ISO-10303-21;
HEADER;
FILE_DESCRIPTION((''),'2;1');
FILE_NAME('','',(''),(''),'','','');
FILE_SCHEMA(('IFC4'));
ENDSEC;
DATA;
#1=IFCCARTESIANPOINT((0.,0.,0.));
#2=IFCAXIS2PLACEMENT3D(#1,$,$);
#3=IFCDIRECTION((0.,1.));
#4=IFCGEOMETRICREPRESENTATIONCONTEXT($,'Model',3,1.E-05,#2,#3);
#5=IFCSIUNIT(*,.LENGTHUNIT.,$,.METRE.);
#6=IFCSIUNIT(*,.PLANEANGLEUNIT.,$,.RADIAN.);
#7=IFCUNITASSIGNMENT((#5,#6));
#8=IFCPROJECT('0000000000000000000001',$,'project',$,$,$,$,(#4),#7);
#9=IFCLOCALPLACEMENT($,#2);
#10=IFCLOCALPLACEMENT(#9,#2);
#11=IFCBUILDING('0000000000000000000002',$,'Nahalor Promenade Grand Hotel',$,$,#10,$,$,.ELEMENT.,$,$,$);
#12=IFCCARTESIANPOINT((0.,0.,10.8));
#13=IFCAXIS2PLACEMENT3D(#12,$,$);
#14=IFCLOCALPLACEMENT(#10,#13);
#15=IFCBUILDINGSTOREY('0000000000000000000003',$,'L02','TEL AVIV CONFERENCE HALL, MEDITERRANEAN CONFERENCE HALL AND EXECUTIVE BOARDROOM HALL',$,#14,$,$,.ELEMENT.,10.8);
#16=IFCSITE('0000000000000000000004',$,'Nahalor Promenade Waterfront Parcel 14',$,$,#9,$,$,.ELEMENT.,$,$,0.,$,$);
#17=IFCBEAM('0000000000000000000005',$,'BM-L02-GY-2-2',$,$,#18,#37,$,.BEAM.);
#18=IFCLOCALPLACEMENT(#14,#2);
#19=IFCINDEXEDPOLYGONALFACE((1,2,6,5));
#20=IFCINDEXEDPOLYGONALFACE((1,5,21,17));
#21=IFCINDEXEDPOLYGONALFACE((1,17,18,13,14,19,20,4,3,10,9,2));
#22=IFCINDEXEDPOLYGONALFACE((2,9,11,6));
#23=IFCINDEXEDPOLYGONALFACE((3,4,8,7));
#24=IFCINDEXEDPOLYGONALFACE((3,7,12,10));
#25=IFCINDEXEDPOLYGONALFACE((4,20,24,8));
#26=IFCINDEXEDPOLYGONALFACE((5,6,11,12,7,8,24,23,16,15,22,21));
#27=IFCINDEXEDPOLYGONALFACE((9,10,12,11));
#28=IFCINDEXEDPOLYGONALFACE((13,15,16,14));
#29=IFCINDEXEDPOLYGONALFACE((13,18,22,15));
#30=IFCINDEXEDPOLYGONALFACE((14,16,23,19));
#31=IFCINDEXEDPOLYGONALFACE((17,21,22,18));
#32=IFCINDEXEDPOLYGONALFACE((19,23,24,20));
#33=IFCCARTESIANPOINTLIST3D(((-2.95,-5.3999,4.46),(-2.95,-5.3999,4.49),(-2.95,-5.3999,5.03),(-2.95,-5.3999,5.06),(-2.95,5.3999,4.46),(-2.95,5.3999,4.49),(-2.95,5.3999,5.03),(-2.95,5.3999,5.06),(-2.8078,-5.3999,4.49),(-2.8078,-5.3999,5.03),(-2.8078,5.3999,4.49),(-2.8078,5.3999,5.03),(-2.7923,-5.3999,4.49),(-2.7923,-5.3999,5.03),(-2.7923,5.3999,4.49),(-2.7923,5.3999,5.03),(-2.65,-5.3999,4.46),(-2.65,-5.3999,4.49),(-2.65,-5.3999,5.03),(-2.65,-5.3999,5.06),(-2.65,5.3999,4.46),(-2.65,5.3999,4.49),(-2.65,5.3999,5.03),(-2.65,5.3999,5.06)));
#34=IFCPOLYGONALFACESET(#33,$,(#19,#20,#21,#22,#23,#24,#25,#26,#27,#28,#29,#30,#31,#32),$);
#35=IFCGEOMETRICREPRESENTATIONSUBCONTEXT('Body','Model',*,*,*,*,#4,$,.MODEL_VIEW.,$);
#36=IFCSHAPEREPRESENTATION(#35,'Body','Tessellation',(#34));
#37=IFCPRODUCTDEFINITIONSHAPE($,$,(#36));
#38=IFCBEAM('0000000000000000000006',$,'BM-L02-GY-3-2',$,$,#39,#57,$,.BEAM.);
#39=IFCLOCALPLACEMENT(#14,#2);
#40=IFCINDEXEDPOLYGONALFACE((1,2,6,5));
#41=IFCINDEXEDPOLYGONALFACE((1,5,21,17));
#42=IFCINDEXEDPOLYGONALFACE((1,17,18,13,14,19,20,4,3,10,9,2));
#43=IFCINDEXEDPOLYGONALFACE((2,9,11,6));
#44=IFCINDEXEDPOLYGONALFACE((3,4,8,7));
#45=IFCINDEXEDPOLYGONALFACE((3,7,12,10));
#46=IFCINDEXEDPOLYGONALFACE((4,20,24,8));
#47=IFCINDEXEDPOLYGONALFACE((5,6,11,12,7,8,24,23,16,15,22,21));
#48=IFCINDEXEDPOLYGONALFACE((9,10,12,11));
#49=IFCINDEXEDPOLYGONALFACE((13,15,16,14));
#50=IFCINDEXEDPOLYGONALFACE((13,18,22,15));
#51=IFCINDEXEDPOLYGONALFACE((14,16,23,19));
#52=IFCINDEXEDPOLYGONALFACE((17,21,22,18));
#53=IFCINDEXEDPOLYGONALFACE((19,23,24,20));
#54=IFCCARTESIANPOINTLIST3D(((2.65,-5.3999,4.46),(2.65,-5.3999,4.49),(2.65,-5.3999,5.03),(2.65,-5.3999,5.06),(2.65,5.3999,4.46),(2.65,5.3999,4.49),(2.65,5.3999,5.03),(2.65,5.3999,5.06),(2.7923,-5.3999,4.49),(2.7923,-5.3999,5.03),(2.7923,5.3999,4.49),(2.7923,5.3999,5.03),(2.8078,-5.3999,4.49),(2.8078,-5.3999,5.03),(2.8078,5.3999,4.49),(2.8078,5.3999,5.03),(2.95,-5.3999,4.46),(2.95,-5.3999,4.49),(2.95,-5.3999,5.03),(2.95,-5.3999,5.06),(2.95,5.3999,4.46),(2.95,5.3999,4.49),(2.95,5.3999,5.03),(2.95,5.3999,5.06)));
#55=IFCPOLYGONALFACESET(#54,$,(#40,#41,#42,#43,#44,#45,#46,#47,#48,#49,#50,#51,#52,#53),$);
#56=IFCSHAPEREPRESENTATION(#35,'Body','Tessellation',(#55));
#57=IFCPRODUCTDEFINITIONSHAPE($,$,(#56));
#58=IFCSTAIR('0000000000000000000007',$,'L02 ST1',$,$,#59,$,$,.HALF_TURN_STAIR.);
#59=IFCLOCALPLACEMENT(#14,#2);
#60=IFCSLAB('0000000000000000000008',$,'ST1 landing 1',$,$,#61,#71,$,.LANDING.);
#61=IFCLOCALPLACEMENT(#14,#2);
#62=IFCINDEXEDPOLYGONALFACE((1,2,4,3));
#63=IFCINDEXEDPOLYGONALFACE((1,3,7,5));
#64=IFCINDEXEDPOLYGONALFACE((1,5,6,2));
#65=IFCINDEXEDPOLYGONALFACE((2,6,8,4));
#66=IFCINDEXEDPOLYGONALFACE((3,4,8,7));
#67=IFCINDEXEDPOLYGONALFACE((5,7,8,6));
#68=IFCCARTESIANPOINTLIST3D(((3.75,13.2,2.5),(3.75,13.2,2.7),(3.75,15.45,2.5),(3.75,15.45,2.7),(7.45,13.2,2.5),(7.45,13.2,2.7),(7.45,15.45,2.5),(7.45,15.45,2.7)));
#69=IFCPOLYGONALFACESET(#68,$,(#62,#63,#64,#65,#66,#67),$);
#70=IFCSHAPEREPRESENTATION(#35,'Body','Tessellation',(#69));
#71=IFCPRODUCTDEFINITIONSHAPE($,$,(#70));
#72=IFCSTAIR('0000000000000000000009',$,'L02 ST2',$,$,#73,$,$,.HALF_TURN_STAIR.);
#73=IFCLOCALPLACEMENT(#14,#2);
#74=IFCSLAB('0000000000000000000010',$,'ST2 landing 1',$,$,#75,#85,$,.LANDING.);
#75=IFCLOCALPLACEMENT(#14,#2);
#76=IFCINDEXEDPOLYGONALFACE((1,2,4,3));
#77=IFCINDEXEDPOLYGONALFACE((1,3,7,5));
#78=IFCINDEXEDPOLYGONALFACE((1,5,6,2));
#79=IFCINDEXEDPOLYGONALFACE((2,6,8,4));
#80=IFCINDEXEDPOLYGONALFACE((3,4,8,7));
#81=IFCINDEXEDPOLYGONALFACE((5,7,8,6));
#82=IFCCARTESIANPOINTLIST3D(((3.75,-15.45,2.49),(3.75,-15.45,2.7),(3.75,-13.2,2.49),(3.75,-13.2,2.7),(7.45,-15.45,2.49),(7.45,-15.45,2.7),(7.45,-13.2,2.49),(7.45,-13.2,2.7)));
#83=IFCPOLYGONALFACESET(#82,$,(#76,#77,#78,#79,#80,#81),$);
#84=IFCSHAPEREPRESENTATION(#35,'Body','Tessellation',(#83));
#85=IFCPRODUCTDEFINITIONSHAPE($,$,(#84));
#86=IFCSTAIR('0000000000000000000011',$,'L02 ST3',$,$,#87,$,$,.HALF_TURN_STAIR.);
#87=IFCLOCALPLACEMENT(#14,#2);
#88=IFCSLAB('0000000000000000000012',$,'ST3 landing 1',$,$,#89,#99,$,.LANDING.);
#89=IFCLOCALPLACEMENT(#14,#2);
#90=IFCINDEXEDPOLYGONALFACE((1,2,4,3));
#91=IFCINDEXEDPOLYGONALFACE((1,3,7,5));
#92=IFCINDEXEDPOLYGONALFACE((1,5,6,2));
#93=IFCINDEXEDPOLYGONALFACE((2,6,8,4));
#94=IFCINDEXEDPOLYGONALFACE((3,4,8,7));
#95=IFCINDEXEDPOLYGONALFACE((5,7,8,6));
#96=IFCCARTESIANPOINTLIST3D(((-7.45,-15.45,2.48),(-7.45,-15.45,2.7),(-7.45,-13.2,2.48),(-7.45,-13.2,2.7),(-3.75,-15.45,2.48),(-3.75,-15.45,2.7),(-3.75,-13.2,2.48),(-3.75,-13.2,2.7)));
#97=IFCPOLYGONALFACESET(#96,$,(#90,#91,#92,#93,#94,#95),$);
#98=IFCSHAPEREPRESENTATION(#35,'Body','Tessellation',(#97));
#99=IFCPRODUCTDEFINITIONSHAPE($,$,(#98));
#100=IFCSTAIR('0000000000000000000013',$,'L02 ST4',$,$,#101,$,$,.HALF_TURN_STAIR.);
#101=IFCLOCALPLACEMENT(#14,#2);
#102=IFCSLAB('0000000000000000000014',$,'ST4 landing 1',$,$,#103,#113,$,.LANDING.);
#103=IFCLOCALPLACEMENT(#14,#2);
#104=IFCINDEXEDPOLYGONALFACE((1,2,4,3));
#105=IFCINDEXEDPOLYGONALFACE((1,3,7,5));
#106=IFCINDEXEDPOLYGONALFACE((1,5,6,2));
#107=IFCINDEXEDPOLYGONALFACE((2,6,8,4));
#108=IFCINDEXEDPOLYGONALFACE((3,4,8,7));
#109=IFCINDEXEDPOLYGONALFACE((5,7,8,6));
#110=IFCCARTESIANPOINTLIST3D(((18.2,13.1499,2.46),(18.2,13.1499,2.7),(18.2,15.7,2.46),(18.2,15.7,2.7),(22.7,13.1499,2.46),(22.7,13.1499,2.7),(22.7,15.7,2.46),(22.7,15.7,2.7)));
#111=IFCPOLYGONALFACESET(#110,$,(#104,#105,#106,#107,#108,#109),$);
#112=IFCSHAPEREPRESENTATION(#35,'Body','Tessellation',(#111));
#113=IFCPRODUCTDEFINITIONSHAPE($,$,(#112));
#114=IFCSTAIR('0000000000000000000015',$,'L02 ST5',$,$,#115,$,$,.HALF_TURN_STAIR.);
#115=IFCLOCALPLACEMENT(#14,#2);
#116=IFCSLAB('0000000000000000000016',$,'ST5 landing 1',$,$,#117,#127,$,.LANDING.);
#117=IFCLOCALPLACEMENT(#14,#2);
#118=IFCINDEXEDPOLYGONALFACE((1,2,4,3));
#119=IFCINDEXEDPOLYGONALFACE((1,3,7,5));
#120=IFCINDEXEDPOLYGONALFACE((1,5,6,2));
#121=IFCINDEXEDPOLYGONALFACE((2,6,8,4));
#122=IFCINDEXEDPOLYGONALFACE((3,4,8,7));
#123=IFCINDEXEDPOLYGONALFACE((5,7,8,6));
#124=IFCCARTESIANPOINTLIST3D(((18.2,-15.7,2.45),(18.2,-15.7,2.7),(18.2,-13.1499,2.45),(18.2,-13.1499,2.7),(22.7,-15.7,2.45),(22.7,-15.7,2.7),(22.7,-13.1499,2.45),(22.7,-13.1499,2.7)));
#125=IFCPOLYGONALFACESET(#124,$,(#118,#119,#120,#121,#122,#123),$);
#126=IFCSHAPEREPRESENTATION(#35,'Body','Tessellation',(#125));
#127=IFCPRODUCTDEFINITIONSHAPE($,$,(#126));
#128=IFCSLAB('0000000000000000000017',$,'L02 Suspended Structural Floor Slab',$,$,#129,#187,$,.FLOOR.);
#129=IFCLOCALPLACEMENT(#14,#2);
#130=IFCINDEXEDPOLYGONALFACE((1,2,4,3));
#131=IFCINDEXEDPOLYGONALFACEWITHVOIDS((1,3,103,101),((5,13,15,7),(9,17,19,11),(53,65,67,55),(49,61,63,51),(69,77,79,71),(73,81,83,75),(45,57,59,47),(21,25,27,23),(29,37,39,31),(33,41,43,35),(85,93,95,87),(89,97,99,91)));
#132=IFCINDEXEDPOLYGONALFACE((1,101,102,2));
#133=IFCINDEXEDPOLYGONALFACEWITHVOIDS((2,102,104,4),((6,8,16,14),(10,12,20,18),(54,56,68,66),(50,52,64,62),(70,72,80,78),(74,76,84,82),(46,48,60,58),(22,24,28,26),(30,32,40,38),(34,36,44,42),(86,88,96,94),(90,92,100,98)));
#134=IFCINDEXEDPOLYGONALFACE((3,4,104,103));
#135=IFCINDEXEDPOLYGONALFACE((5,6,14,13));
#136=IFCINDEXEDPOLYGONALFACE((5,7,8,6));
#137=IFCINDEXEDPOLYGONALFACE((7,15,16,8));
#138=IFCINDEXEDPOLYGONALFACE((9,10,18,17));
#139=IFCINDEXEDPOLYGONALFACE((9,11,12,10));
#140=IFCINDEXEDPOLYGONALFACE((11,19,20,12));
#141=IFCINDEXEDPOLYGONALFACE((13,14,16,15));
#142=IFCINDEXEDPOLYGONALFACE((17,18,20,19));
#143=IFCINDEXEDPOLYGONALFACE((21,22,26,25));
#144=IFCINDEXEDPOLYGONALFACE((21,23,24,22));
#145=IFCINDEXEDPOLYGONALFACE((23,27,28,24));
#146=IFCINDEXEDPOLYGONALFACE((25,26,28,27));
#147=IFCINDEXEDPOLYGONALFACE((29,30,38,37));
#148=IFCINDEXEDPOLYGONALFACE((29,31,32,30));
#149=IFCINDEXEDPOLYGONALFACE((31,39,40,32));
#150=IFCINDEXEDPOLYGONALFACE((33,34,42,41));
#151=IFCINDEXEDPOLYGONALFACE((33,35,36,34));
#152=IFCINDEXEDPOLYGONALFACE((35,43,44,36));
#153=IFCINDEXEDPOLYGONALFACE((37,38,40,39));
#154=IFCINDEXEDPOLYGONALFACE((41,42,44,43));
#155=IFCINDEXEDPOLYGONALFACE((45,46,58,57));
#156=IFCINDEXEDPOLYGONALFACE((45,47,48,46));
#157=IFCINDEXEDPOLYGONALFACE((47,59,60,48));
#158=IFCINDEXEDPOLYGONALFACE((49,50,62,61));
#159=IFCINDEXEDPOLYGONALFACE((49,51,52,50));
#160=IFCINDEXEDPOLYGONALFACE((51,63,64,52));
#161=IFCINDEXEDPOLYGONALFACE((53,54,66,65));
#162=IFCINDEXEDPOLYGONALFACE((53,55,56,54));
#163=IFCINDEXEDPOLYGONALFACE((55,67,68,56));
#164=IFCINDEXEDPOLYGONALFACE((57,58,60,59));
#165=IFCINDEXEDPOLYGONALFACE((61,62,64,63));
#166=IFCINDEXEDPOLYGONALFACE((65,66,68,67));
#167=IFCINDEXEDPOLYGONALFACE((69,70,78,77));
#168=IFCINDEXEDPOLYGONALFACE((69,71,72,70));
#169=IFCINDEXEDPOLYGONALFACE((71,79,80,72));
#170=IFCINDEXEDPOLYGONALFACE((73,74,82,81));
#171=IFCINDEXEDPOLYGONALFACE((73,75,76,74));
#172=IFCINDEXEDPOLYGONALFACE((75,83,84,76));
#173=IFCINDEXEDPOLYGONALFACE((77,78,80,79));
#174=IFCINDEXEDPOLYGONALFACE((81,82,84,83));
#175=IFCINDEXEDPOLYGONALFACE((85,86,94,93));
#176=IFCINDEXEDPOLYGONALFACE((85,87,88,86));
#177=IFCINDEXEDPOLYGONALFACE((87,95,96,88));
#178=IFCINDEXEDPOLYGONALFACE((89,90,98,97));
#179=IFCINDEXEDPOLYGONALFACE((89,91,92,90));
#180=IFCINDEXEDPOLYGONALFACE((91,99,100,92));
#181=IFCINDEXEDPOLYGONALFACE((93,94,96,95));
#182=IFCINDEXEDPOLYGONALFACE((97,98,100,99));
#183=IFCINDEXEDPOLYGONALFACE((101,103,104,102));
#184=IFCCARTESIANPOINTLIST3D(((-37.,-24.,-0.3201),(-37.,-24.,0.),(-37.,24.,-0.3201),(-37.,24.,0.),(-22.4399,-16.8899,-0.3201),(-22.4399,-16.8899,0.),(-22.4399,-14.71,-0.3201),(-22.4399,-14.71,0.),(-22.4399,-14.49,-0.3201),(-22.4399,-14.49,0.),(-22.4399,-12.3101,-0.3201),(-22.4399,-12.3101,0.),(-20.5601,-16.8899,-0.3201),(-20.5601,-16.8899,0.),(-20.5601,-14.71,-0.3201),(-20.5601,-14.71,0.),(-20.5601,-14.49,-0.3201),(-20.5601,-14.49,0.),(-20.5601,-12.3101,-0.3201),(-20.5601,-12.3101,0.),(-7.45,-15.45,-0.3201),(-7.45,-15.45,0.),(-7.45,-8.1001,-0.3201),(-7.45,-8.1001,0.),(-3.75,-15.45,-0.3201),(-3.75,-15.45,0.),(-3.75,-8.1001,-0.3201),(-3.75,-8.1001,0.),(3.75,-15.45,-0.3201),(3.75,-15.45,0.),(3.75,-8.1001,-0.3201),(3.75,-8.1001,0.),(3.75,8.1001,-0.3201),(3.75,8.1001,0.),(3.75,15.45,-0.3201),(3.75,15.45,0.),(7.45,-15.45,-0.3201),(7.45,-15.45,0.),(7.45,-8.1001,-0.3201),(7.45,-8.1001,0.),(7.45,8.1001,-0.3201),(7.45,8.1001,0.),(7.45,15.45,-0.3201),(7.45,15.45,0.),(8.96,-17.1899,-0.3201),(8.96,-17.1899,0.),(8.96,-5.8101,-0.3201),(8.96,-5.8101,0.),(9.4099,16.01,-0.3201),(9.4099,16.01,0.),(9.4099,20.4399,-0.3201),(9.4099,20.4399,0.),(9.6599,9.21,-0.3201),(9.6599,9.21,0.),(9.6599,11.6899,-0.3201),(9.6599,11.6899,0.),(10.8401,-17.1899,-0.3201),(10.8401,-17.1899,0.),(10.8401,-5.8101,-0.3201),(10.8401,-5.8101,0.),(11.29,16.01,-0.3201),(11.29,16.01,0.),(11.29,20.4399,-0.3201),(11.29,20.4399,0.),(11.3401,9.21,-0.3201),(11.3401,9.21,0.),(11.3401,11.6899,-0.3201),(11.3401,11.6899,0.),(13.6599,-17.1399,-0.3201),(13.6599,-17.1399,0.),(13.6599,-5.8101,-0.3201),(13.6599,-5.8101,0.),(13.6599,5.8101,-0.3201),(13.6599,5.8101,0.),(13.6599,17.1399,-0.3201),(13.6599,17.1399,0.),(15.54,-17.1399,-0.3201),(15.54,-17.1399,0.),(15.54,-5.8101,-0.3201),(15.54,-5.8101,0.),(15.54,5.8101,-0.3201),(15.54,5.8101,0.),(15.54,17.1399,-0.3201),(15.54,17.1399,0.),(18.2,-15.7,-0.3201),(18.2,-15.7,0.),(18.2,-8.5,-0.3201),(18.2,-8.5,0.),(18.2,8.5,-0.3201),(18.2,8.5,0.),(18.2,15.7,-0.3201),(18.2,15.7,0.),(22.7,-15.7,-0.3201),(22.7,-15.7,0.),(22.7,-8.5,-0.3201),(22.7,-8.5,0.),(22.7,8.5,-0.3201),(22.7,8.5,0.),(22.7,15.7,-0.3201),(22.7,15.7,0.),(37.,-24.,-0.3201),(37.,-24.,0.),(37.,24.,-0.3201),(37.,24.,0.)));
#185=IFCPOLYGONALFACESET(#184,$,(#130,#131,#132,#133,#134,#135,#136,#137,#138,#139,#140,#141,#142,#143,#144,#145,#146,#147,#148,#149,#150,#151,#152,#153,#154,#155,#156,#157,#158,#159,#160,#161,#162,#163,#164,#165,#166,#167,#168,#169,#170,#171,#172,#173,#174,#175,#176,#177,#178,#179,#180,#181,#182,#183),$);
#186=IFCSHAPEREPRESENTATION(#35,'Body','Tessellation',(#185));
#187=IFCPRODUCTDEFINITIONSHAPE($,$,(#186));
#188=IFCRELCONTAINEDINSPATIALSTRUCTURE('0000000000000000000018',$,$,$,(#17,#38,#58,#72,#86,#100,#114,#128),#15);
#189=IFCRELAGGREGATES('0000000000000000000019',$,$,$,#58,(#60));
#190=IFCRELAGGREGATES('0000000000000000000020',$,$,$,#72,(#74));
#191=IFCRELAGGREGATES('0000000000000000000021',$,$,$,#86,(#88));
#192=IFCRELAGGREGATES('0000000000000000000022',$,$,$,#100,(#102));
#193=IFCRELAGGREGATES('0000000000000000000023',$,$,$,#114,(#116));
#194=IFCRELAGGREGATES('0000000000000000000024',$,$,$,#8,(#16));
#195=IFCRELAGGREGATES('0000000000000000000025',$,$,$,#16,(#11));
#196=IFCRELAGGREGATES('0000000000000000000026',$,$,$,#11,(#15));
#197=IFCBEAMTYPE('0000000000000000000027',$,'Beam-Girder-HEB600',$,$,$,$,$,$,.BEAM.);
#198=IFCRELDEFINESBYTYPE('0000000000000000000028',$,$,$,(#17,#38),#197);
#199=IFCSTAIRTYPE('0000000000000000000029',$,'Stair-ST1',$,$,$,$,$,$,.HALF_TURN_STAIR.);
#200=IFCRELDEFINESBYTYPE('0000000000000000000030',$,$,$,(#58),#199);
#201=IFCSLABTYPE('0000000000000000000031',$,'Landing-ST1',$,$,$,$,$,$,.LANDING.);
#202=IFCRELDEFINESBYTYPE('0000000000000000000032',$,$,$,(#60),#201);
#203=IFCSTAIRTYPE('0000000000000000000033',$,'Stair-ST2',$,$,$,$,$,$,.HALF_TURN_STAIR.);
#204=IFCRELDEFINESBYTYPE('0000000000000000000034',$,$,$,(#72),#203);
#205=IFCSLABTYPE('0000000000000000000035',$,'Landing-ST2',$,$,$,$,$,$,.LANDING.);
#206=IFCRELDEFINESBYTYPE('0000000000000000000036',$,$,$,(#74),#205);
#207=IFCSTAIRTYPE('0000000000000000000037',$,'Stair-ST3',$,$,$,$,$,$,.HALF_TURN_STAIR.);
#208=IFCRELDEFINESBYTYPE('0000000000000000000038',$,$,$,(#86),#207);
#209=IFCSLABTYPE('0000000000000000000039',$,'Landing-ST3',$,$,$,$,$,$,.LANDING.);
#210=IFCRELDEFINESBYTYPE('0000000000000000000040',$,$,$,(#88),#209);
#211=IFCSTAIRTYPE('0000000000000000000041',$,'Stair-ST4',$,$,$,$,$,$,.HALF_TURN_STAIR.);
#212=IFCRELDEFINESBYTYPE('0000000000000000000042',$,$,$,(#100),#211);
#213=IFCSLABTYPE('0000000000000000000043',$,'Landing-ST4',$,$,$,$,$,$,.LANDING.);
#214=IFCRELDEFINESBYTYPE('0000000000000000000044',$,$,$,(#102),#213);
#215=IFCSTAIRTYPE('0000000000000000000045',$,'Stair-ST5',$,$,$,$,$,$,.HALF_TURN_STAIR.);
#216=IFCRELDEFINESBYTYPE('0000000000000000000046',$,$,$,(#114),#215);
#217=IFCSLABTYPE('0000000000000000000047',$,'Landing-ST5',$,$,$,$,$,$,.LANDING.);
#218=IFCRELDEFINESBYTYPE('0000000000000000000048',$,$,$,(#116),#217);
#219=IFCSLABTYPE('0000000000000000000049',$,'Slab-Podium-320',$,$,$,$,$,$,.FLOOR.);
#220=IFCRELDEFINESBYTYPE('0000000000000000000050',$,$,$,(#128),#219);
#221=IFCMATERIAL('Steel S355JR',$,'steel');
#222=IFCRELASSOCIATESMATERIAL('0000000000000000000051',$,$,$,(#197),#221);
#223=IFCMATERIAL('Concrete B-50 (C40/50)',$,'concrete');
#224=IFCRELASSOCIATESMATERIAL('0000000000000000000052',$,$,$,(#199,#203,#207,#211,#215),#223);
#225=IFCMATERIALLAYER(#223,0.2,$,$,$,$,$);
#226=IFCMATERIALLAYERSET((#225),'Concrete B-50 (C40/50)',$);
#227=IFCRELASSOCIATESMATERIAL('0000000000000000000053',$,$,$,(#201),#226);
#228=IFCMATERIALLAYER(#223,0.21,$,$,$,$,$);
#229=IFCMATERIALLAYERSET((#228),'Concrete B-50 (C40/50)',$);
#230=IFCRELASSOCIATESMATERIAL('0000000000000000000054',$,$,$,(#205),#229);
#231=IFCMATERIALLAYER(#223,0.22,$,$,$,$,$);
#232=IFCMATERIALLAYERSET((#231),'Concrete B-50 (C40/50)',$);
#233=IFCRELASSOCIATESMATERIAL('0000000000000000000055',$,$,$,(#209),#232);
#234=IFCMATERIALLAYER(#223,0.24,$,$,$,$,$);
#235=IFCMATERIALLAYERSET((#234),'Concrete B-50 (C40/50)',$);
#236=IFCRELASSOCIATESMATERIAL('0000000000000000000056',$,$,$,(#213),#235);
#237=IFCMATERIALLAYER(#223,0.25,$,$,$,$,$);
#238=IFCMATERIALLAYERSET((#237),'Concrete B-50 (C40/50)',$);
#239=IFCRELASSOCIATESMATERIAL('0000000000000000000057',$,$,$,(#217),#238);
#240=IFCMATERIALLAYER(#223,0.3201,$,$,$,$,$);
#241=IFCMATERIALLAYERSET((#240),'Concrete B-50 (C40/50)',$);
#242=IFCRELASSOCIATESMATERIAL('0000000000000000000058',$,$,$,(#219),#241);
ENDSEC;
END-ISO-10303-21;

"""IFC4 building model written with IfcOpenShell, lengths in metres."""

from ifc_helpers import new_model, si_unit, direction, frame, origin, origin_2d, place, context, subcontext, project, spatial, polyline, i_section, outline, extrude, source, transform, mapped, material, layer, layer_set, material_profile, profile_set, type_object, element, aggregate, save


model = new_model("IFC4")

# Units and contexts
model_context = context("Model", 3, precision=1e-05, world=origin(), true_north=direction((0.0, 1.0)))
body_context = subcontext(model_context, "Body", "Model", "MODEL_VIEW")
ifc_project = project(units=[si_unit("LENGTHUNIT", "METRE"), si_unit("PLANEANGLEUNIT", "RADIAN")], contexts=[model_context])

# Site, building, storey
site_placement = place(None, origin())
site = spatial("IfcSite", under=ifc_project, at=site_placement, Name="Nahalor Promenade Waterfront Parcel 14", CompositionType="ELEMENT", RefElevation=0.0)
building_placement = place(site_placement, origin())
building = spatial("IfcBuilding", under=site, at=building_placement, Name="Nahalor Promenade Grand Hotel", CompositionType="ELEMENT")
storey_placement = place(building_placement, frame((0.0, 0.0, 10.8)))
storey = spatial("IfcBuildingStorey", under=building, at=storey_placement, Name="L02", Description="TEL AVIV CONFERENCE HALL, MEDITERRANEAN CONFERENCE HALL AND EXECUTIVE BOARDROOM HALL", CompositionType="ELEMENT", Elevation=10.8)

# Beams
ifc_material_1 = material(Name="Steel S355JR", Category="steel")
ifc_material_profile_1 = material_profile(ifc_material_1, i_section(OverallWidth=0.3, OverallDepth=0.6, WebThickness=0.0155, FlangeThickness=0.03, at=origin_2d()), Name="HEB 600")
ifc_profile_set_1 = profile_set([ifc_material_profile_1], Name="Steel S355JR")
beam_type = type_object("IfcBeamType", Name="Beam-Girder-HEB600", PredefinedType="BEAM", material=ifc_profile_set_1)
shared_shape_1 = source(origin(), body_context, "Body", "SweptSolid", [
    extrude(i_section(OverallWidth=0.3, OverallDepth=0.6, WebThickness=0.0155, FlangeThickness=0.03, at=origin_2d()), origin(), (0.0, 0.0, 1.0), 10.7998),
])
for number, where, z_axis, x_axis, name in (
    (1, (-2.8, -5.3999, 4.76), (0.0, 1.0, 0.0), (-1.0, 0.0, 0.0), "BM-L02-GY-2-2"),
    (2, (2.8, -5.3999, 4.76), (0.0, 1.0, 0.0), (-1.0, 0.0, 0.0), "BM-L02-GY-3-2"),
):
    element("IfcBeam", number, at=place(storey_placement, frame(where, z_axis=z_axis, x_axis=x_axis)), inside=storey, type_object=beam_type, Name=name, PredefinedType="BEAM", context=body_context, shape_type="MappedRepresentation", body=[
        mapped(shared_shape_1, transform((0.0, 0.0, 0.0), scale=1.0)),
    ])

# Stairs, slabs
ifc_material_2 = material(Name="Concrete B-50 (C40/50)", Category="concrete")
stair_type_1 = type_object("IfcStairType", Name="Stair-ST1", PredefinedType="HALF_TURN_STAIR", material=ifc_material_2)
stair_1_placement = place(storey_placement, origin())
stair_1 = element("IfcStair", 3, at=stair_1_placement, inside=storey, type_object=stair_type_1, Name="L02 ST1", PredefinedType="HALF_TURN_STAIR")
ifc_layer_1 = layer(ifc_material_2, 0.2)
ifc_layer_set_1 = layer_set([ifc_layer_1], Name="Concrete B-50 (C40/50)")
slab_type_1 = type_object("IfcSlabType", Name="Landing-ST1", PredefinedType="LANDING", material=ifc_layer_set_1)
slab_1_placement = place(storey_placement, frame((0.0, 0.0, 2.5)))
slab_1 = element("IfcSlab", 4, at=slab_1_placement, type_object=slab_type_1, Name="ST1 landing 1", PredefinedType="LANDING", context=body_context, shape_type="SweptSolid", body=[
    extrude(outline(polyline([(7.45, 13.2), (7.45, 15.45), (3.75, 15.45), (3.75, 13.2), (7.45, 13.2)])), origin(), (0.0, 0.0, 1.0), 0.2),
])
aggregate(stair_1, [slab_1])
stair_type_2 = type_object("IfcStairType", Name="Stair-ST2", PredefinedType="HALF_TURN_STAIR", material=ifc_material_2)
stair_2_placement = place(storey_placement, origin())
stair_2 = element("IfcStair", 5, at=stair_2_placement, inside=storey, type_object=stair_type_2, Name="L02 ST2", PredefinedType="HALF_TURN_STAIR")
ifc_layer_2 = layer(ifc_material_2, 0.21)
ifc_layer_set_2 = layer_set([ifc_layer_2], Name="Concrete B-50 (C40/50)")
slab_type_2 = type_object("IfcSlabType", Name="Landing-ST2", PredefinedType="LANDING", material=ifc_layer_set_2)
slab_2_placement = place(storey_placement, frame((0.0, 0.0, 2.49)))
slab_2 = element("IfcSlab", 6, at=slab_2_placement, type_object=slab_type_2, Name="ST2 landing 1", PredefinedType="LANDING", context=body_context, shape_type="SweptSolid", body=[
    extrude(outline(polyline([(3.75, -13.2), (3.75, -15.45), (7.45, -15.45), (7.45, -13.2), (3.75, -13.2)])), origin(), (0.0, 0.0, 1.0), 0.21),
])
aggregate(stair_2, [slab_2])
stair_type_3 = type_object("IfcStairType", Name="Stair-ST3", PredefinedType="HALF_TURN_STAIR", material=ifc_material_2)
stair_3_placement = place(storey_placement, origin())
stair_3 = element("IfcStair", 7, at=stair_3_placement, inside=storey, type_object=stair_type_3, Name="L02 ST3", PredefinedType="HALF_TURN_STAIR")
ifc_layer_3 = layer(ifc_material_2, 0.22)
ifc_layer_set_3 = layer_set([ifc_layer_3], Name="Concrete B-50 (C40/50)")
slab_type_3 = type_object("IfcSlabType", Name="Landing-ST3", PredefinedType="LANDING", material=ifc_layer_set_3)
slab_3_placement = place(storey_placement, frame((0.0, 0.0, 2.48)))
slab_3 = element("IfcSlab", 8, at=slab_3_placement, type_object=slab_type_3, Name="ST3 landing 1", PredefinedType="LANDING", context=body_context, shape_type="SweptSolid", body=[
    extrude(outline(polyline([(-7.45, -13.2), (-7.45, -15.45), (-3.75, -15.45), (-3.75, -13.2), (-7.45, -13.2)])), origin(), (0.0, 0.0, 1.0), 0.22),
])
aggregate(stair_3, [slab_3])
stair_type_4 = type_object("IfcStairType", Name="Stair-ST4", PredefinedType="HALF_TURN_STAIR", material=ifc_material_2)
stair_4_placement = place(storey_placement, origin())
stair_4 = element("IfcStair", 9, at=stair_4_placement, inside=storey, type_object=stair_type_4, Name="L02 ST4", PredefinedType="HALF_TURN_STAIR")
ifc_layer_4 = layer(ifc_material_2, 0.24)
ifc_layer_set_4 = layer_set([ifc_layer_4], Name="Concrete B-50 (C40/50)")
slab_type_4 = type_object("IfcSlabType", Name="Landing-ST4", PredefinedType="LANDING", material=ifc_layer_set_4)
slab_4_placement = place(storey_placement, frame((0.0, 0.0, 2.46)))
slab_4 = element("IfcSlab", 10, at=slab_4_placement, type_object=slab_type_4, Name="ST4 landing 1", PredefinedType="LANDING", context=body_context, shape_type="SweptSolid", body=[
    extrude(outline(polyline([(22.7, 13.1499), (22.7, 15.7), (18.2, 15.7), (18.2, 13.1499), (22.7, 13.1499)])), origin(), (0.0, 0.0, 1.0), 0.24),
])
aggregate(stair_4, [slab_4])
stair_type_5 = type_object("IfcStairType", Name="Stair-ST5", PredefinedType="HALF_TURN_STAIR", material=ifc_material_2)
stair_5_placement = place(storey_placement, origin())
stair_5 = element("IfcStair", 11, at=stair_5_placement, inside=storey, type_object=stair_type_5, Name="L02 ST5", PredefinedType="HALF_TURN_STAIR")
ifc_layer_5 = layer(ifc_material_2, 0.25)
ifc_layer_set_5 = layer_set([ifc_layer_5], Name="Concrete B-50 (C40/50)")
slab_type_5 = type_object("IfcSlabType", Name="Landing-ST5", PredefinedType="LANDING", material=ifc_layer_set_5)
slab_5_placement = place(storey_placement, frame((0.0, 0.0, 2.45)))
slab_5 = element("IfcSlab", 12, at=slab_5_placement, type_object=slab_type_5, Name="ST5 landing 1", PredefinedType="LANDING", context=body_context, shape_type="SweptSolid", body=[
    extrude(outline(polyline([(18.2, -13.1499), (18.2, -15.7), (22.7, -15.7), (22.7, -13.1499), (18.2, -13.1499)])), origin(), (0.0, 0.0, 1.0), 0.25),
])
aggregate(stair_5, [slab_5])

# Slab
ifc_layer_6 = layer(ifc_material_2, 0.3201)
ifc_layer_set_6 = layer_set([ifc_layer_6], Name="Concrete B-50 (C40/50)")
slab_type_6 = type_object("IfcSlabType", Name="Slab-Podium-320", PredefinedType="FLOOR", material=ifc_layer_set_6)
slab_6_placement = place(storey_placement, frame((0.0, 0.0, -0.3201)))
element("IfcSlab", 13, at=slab_6_placement, inside=storey, type_object=slab_type_6, Name="L02 Suspended Structural Floor Slab", PredefinedType="FLOOR", context=body_context, shape_type="SweptSolid", body=[
    extrude(outline(polyline([(-37.0, -24.0), (37.0, -24.0), (37.0, 24.0), (-37.0, 24.0), (-37.0, -24.0)]), holes=[polyline([(3.75, 8.1001), (7.45, 8.1001), (7.45, 15.45), (3.75, 15.45), (3.75, 8.1001)]), polyline([(3.75, -15.45), (7.45, -15.45), (7.45, -8.1001), (3.75, -8.1001), (3.75, -15.45)]), polyline([(-7.45, -15.45), (-3.75, -15.45), (-3.75, -8.1001), (-7.45, -8.1001), (-7.45, -15.45)]), polyline([(18.2, 8.5), (22.7, 8.5), (22.7, 15.7), (18.2, 15.7), (18.2, 8.5)]), polyline([(18.2, -15.7), (22.7, -15.7), (22.7, -8.5), (18.2, -8.5), (18.2, -15.7)]), polyline([(13.6599, 5.8101), (15.54, 5.8101), (15.54, 17.1399), (13.6599, 17.1399), (13.6599, 5.8101)]), polyline([(13.6599, -17.1399), (15.54, -17.1399), (15.54, -5.8101), (13.6599, -5.8101), (13.6599, -17.1399)]), polyline([(8.96, -17.1899), (10.8401, -17.1899), (10.8401, -5.8101), (8.96, -5.8101), (8.96, -17.1899)]), polyline([(9.4099, 16.01), (11.29, 16.01), (11.29, 20.4399), (9.4099, 20.4399), (9.4099, 16.01)]), polyline([(9.6599, 9.21), (11.3401, 9.21), (11.3401, 11.6899), (9.6599, 11.6899), (9.6599, 9.21)]), polyline([(-22.4399, -16.8899), (-20.5601, -16.8899), (-20.5601, -14.71), (-22.4399, -14.71), (-22.4399, -16.8899)]), polyline([(-22.4399, -14.49), (-20.5601, -14.49), (-20.5601, -12.3101), (-22.4399, -12.3101), (-22.4399, -14.49)])]), origin(), (0.0, 0.0, 1.0), 0.3201),
])

save(model, "model.ifc")
